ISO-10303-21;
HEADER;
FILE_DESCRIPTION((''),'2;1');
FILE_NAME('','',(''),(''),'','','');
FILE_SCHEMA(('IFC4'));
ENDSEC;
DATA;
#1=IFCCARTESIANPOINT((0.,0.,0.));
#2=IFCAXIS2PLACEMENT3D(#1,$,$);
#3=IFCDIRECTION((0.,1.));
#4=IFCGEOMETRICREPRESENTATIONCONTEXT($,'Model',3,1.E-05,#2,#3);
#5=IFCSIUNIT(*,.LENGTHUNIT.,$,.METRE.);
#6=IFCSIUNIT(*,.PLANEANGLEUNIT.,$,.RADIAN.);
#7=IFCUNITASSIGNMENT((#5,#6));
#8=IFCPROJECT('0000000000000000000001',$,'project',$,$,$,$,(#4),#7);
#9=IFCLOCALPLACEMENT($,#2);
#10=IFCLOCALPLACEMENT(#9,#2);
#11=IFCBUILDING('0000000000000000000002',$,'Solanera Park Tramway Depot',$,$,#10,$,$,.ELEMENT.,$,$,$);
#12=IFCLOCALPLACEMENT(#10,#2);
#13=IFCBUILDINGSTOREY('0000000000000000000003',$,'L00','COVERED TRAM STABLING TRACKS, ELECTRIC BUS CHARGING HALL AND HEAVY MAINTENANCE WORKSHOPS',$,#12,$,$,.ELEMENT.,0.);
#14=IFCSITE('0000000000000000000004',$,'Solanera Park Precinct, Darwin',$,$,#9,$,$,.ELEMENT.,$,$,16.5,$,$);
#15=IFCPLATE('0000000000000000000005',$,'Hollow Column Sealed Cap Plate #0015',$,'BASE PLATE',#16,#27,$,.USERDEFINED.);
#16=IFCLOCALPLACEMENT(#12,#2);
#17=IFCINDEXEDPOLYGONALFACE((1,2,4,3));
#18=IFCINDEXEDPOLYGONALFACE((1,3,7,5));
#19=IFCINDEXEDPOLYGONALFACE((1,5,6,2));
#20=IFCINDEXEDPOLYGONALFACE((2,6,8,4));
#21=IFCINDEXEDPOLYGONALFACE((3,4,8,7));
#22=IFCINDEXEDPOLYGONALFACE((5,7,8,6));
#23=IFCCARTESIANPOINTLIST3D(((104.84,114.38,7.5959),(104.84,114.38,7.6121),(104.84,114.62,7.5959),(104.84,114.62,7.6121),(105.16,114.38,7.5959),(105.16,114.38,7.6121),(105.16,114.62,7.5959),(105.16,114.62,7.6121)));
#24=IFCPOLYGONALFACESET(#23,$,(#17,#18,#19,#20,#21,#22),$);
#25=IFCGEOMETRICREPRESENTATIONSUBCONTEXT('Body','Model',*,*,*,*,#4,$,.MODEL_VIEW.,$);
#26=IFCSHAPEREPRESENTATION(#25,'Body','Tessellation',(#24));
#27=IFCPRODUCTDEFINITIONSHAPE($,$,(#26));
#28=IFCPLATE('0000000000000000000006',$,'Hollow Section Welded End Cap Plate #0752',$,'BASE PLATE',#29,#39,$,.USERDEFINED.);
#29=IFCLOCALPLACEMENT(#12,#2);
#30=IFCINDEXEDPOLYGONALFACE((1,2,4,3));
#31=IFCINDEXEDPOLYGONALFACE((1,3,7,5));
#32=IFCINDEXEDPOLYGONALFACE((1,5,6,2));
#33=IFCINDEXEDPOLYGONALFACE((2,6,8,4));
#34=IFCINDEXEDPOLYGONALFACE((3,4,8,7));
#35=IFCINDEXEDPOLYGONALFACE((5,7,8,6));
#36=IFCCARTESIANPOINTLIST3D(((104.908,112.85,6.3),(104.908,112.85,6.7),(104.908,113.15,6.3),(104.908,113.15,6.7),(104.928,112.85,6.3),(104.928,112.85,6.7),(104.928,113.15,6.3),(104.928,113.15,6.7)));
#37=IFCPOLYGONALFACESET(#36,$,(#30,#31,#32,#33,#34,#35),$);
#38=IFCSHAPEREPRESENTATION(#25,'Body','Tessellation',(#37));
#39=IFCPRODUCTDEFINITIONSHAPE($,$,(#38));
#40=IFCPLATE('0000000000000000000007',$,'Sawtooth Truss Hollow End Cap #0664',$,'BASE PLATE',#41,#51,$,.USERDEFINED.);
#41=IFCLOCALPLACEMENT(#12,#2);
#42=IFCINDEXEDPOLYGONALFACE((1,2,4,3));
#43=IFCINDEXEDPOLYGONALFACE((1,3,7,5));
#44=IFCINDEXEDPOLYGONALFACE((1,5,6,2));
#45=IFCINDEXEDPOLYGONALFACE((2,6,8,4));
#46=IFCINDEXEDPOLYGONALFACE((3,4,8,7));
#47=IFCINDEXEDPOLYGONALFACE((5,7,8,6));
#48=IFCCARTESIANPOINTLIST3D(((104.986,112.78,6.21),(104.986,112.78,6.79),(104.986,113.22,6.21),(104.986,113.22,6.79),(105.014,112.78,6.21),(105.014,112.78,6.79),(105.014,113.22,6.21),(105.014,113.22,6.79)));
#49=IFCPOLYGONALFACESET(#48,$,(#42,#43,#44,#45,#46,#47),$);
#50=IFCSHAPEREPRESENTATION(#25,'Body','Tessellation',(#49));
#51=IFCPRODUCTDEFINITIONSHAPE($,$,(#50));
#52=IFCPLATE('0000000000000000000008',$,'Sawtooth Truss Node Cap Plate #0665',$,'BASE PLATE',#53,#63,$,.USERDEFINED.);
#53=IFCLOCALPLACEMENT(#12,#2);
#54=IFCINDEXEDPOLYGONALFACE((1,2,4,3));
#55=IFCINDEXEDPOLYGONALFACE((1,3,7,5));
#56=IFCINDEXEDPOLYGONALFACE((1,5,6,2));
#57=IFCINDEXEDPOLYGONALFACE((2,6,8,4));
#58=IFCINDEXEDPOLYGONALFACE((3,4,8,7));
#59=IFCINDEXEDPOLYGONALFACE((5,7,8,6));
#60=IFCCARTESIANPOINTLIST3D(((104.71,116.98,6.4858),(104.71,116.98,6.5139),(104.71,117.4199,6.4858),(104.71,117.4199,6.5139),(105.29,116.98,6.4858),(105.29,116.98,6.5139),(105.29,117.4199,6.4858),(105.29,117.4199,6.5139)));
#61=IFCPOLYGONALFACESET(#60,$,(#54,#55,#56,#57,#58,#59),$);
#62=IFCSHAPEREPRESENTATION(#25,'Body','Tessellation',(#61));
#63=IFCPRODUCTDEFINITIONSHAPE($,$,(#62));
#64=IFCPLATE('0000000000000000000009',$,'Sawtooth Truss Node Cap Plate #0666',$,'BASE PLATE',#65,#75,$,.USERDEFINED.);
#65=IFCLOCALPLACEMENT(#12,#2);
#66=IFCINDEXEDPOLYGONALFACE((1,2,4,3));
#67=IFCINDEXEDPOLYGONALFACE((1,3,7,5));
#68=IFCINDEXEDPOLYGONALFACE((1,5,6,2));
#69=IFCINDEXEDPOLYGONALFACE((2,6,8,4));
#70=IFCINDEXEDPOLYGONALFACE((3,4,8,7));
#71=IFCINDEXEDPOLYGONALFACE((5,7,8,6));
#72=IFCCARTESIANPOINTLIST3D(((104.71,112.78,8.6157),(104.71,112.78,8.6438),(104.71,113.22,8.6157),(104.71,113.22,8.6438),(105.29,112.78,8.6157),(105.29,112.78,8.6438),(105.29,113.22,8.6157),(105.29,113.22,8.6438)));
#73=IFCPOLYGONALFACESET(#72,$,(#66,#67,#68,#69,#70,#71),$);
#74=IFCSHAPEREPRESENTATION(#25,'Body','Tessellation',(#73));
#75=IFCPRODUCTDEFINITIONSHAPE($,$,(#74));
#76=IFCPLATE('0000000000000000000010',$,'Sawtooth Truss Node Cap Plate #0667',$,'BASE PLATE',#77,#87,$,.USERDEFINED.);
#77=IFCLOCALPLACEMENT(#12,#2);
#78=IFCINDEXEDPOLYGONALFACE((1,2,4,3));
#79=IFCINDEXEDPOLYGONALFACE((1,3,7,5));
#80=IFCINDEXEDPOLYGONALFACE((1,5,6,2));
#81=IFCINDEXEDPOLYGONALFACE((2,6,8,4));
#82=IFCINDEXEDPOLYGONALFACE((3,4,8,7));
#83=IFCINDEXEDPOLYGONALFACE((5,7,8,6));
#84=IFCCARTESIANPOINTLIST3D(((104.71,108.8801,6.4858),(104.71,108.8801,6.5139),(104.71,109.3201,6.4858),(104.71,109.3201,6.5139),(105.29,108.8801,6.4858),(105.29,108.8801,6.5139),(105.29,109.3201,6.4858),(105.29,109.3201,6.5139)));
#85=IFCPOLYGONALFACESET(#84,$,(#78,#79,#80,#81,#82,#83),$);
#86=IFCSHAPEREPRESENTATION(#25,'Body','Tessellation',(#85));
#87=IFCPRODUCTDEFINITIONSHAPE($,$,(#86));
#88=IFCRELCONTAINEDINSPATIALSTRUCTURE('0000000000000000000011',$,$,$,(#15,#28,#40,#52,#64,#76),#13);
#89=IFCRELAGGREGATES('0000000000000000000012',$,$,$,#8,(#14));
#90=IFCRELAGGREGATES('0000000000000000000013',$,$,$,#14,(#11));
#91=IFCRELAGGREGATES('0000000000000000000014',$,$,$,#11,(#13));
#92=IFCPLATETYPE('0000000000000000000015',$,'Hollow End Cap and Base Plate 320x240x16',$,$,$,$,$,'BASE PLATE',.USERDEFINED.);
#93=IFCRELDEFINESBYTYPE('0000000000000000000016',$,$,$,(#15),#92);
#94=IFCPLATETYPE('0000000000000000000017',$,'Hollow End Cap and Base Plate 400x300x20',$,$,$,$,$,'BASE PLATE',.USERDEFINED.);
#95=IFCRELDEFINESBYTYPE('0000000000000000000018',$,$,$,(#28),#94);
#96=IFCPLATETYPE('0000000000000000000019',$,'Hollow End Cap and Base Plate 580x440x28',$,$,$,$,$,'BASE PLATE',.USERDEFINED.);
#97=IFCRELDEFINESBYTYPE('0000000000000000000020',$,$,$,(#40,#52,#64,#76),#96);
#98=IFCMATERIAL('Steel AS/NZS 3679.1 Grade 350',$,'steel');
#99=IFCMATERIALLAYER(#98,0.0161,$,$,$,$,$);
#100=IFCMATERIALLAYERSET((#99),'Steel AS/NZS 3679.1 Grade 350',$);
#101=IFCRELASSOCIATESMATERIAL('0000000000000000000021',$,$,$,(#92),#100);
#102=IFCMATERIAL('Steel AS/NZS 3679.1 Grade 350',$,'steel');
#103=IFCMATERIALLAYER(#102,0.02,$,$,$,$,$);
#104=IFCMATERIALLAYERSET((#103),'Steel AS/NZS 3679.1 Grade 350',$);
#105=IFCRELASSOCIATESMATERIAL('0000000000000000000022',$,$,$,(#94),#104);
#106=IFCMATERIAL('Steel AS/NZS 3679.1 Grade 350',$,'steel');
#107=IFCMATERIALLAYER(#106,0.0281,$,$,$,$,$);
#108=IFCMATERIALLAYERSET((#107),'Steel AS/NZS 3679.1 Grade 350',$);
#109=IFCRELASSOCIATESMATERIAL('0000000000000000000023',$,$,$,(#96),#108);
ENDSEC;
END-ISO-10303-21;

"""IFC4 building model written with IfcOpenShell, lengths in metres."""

from ifc_helpers import new_model, si_unit, direction, frame, origin, origin_2d, place, context, subcontext, project, spatial, rectangle, extrude, material, layer, layer_set, type_object, element, save


model = new_model("IFC4")

# Units and contexts
model_context = context("Model", 3, precision=1e-05, world=origin(), true_north=direction((0.0, 1.0)))
body_context = subcontext(model_context, "Body", "Model", "MODEL_VIEW")
ifc_project = project(units=[si_unit("LENGTHUNIT", "METRE"), si_unit("PLANEANGLEUNIT", "RADIAN")], contexts=[model_context])

# Site, building, storey
site_placement = place(None, origin())
site = spatial("IfcSite", under=ifc_project, at=site_placement, Name="Solanera Park Precinct, Darwin", CompositionType="ELEMENT", RefElevation=16.5)
building_placement = place(site_placement, origin())
building = spatial("IfcBuilding", under=site, at=building_placement, Name="Solanera Park Tramway Depot", CompositionType="ELEMENT")
storey_placement = place(building_placement, origin())
storey = spatial("IfcBuildingStorey", under=building, at=storey_placement, Name="L00", Description="COVERED TRAM STABLING TRACKS, ELECTRIC BUS CHARGING HALL AND HEAVY MAINTENANCE WORKSHOPS", CompositionType="ELEMENT", Elevation=0.0)

# Plates
ifc_material_1 = material(Name="Steel AS/NZS 3679.1 Grade 350", Category="steel")
ifc_layer_1 = layer(ifc_material_1, 0.0161)
ifc_layer_set_1 = layer_set([ifc_layer_1], Name="Steel AS/NZS 3679.1 Grade 350")
plate_type_1 = type_object("IfcPlateType", Name="Hollow End Cap and Base Plate 320x240x16", ElementType="BASE PLATE", PredefinedType="USERDEFINED", material=ifc_layer_set_1)
plate_1_placement = place(storey_placement, frame((105.0, 114.5, 7.5959), z_axis=(0.0, 0.0, 1.0), x_axis=(1.0, 0.0, 0.0)))
element("IfcPlate", 1, at=plate_1_placement, inside=storey, type_object=plate_type_1, Name="Hollow Column Sealed Cap Plate #0015", ObjectType="BASE PLATE", PredefinedType="USERDEFINED", context=body_context, shape_type="SweptSolid", body=[
    extrude(rectangle(XDim=0.3201, YDim=0.24, at=origin_2d()), origin(), (0.0, 0.0, 1.0), 0.0161),
])
ifc_material_2 = material(Name="Steel AS/NZS 3679.1 Grade 350", Category="steel")
ifc_layer_2 = layer(ifc_material_2, 0.02)
ifc_layer_set_2 = layer_set([ifc_layer_2], Name="Steel AS/NZS 3679.1 Grade 350")
plate_type_2 = type_object("IfcPlateType", Name="Hollow End Cap and Base Plate 400x300x20", ElementType="BASE PLATE", PredefinedType="USERDEFINED", material=ifc_layer_set_2)
plate_2_placement = place(storey_placement, frame((104.918, 113.0, 6.3), z_axis=(0.0, 0.0, 1.0), x_axis=(1.0, 0.0, 0.0)))
element("IfcPlate", 2, at=plate_2_placement, inside=storey, type_object=plate_type_2, Name="Hollow Section Welded End Cap Plate #0752", ObjectType="BASE PLATE", PredefinedType="USERDEFINED", context=body_context, shape_type="SweptSolid", body=[
    extrude(rectangle(XDim=0.02, YDim=0.3, at=origin_2d()), origin(), (0.0, 0.0, 1.0), 0.3999),
])
ifc_material_3 = material(Name="Steel AS/NZS 3679.1 Grade 350", Category="steel")
ifc_layer_3 = layer(ifc_material_3, 0.0281)
ifc_layer_set_3 = layer_set([ifc_layer_3], Name="Steel AS/NZS 3679.1 Grade 350")
plate_type_3 = type_object("IfcPlateType", Name="Hollow End Cap and Base Plate 580x440x28", ElementType="BASE PLATE", PredefinedType="USERDEFINED", material=ifc_layer_set_3)
plate_3_placement = place(storey_placement, frame((105.0, 113.0, 6.21), z_axis=(0.0, 0.0, 1.0), x_axis=(1.0, 0.0, 0.0)))
element("IfcPlate", 3, at=plate_3_placement, inside=storey, type_object=plate_type_3, Name="Sawtooth Truss Hollow End Cap #0664", ObjectType="BASE PLATE", PredefinedType="USERDEFINED", context=body_context, shape_type="SweptSolid", body=[
    extrude(rectangle(XDim=0.0281, YDim=0.4399, at=origin_2d()), origin(), (0.0, 0.0, 1.0), 0.5801),
])
for number, where, z_axis, x_axis, name in (
    (4, (105.0, 117.2, 6.4858), (0.0, 0.0, 1.0), (1.0, 0.0, 0.0), "Sawtooth Truss Node Cap Plate #0665"),
    (5, (105.0, 113.0, 8.6157), (0.0, 0.0, 1.0), (1.0, 0.0, 0.0), "Sawtooth Truss Node Cap Plate #0666"),
    (6, (105.0, 109.1001, 6.4858), (0.0, 0.0, 1.0), (1.0, 0.0, 0.0), "Sawtooth Truss Node Cap Plate #0667"),
):
    element("IfcPlate", number, at=place(storey_placement, frame(where, z_axis=z_axis, x_axis=x_axis)), inside=storey, type_object=plate_type_3, Name=name, ObjectType="BASE PLATE", PredefinedType="USERDEFINED", context=body_context, shape_type="SweptSolid", body=[
        extrude(rectangle(XDim=0.5801, YDim=0.4399, at=origin_2d()), origin(), (0.0, 0.0, 1.0), 0.0281),
    ])

save(model, "model.ifc")
